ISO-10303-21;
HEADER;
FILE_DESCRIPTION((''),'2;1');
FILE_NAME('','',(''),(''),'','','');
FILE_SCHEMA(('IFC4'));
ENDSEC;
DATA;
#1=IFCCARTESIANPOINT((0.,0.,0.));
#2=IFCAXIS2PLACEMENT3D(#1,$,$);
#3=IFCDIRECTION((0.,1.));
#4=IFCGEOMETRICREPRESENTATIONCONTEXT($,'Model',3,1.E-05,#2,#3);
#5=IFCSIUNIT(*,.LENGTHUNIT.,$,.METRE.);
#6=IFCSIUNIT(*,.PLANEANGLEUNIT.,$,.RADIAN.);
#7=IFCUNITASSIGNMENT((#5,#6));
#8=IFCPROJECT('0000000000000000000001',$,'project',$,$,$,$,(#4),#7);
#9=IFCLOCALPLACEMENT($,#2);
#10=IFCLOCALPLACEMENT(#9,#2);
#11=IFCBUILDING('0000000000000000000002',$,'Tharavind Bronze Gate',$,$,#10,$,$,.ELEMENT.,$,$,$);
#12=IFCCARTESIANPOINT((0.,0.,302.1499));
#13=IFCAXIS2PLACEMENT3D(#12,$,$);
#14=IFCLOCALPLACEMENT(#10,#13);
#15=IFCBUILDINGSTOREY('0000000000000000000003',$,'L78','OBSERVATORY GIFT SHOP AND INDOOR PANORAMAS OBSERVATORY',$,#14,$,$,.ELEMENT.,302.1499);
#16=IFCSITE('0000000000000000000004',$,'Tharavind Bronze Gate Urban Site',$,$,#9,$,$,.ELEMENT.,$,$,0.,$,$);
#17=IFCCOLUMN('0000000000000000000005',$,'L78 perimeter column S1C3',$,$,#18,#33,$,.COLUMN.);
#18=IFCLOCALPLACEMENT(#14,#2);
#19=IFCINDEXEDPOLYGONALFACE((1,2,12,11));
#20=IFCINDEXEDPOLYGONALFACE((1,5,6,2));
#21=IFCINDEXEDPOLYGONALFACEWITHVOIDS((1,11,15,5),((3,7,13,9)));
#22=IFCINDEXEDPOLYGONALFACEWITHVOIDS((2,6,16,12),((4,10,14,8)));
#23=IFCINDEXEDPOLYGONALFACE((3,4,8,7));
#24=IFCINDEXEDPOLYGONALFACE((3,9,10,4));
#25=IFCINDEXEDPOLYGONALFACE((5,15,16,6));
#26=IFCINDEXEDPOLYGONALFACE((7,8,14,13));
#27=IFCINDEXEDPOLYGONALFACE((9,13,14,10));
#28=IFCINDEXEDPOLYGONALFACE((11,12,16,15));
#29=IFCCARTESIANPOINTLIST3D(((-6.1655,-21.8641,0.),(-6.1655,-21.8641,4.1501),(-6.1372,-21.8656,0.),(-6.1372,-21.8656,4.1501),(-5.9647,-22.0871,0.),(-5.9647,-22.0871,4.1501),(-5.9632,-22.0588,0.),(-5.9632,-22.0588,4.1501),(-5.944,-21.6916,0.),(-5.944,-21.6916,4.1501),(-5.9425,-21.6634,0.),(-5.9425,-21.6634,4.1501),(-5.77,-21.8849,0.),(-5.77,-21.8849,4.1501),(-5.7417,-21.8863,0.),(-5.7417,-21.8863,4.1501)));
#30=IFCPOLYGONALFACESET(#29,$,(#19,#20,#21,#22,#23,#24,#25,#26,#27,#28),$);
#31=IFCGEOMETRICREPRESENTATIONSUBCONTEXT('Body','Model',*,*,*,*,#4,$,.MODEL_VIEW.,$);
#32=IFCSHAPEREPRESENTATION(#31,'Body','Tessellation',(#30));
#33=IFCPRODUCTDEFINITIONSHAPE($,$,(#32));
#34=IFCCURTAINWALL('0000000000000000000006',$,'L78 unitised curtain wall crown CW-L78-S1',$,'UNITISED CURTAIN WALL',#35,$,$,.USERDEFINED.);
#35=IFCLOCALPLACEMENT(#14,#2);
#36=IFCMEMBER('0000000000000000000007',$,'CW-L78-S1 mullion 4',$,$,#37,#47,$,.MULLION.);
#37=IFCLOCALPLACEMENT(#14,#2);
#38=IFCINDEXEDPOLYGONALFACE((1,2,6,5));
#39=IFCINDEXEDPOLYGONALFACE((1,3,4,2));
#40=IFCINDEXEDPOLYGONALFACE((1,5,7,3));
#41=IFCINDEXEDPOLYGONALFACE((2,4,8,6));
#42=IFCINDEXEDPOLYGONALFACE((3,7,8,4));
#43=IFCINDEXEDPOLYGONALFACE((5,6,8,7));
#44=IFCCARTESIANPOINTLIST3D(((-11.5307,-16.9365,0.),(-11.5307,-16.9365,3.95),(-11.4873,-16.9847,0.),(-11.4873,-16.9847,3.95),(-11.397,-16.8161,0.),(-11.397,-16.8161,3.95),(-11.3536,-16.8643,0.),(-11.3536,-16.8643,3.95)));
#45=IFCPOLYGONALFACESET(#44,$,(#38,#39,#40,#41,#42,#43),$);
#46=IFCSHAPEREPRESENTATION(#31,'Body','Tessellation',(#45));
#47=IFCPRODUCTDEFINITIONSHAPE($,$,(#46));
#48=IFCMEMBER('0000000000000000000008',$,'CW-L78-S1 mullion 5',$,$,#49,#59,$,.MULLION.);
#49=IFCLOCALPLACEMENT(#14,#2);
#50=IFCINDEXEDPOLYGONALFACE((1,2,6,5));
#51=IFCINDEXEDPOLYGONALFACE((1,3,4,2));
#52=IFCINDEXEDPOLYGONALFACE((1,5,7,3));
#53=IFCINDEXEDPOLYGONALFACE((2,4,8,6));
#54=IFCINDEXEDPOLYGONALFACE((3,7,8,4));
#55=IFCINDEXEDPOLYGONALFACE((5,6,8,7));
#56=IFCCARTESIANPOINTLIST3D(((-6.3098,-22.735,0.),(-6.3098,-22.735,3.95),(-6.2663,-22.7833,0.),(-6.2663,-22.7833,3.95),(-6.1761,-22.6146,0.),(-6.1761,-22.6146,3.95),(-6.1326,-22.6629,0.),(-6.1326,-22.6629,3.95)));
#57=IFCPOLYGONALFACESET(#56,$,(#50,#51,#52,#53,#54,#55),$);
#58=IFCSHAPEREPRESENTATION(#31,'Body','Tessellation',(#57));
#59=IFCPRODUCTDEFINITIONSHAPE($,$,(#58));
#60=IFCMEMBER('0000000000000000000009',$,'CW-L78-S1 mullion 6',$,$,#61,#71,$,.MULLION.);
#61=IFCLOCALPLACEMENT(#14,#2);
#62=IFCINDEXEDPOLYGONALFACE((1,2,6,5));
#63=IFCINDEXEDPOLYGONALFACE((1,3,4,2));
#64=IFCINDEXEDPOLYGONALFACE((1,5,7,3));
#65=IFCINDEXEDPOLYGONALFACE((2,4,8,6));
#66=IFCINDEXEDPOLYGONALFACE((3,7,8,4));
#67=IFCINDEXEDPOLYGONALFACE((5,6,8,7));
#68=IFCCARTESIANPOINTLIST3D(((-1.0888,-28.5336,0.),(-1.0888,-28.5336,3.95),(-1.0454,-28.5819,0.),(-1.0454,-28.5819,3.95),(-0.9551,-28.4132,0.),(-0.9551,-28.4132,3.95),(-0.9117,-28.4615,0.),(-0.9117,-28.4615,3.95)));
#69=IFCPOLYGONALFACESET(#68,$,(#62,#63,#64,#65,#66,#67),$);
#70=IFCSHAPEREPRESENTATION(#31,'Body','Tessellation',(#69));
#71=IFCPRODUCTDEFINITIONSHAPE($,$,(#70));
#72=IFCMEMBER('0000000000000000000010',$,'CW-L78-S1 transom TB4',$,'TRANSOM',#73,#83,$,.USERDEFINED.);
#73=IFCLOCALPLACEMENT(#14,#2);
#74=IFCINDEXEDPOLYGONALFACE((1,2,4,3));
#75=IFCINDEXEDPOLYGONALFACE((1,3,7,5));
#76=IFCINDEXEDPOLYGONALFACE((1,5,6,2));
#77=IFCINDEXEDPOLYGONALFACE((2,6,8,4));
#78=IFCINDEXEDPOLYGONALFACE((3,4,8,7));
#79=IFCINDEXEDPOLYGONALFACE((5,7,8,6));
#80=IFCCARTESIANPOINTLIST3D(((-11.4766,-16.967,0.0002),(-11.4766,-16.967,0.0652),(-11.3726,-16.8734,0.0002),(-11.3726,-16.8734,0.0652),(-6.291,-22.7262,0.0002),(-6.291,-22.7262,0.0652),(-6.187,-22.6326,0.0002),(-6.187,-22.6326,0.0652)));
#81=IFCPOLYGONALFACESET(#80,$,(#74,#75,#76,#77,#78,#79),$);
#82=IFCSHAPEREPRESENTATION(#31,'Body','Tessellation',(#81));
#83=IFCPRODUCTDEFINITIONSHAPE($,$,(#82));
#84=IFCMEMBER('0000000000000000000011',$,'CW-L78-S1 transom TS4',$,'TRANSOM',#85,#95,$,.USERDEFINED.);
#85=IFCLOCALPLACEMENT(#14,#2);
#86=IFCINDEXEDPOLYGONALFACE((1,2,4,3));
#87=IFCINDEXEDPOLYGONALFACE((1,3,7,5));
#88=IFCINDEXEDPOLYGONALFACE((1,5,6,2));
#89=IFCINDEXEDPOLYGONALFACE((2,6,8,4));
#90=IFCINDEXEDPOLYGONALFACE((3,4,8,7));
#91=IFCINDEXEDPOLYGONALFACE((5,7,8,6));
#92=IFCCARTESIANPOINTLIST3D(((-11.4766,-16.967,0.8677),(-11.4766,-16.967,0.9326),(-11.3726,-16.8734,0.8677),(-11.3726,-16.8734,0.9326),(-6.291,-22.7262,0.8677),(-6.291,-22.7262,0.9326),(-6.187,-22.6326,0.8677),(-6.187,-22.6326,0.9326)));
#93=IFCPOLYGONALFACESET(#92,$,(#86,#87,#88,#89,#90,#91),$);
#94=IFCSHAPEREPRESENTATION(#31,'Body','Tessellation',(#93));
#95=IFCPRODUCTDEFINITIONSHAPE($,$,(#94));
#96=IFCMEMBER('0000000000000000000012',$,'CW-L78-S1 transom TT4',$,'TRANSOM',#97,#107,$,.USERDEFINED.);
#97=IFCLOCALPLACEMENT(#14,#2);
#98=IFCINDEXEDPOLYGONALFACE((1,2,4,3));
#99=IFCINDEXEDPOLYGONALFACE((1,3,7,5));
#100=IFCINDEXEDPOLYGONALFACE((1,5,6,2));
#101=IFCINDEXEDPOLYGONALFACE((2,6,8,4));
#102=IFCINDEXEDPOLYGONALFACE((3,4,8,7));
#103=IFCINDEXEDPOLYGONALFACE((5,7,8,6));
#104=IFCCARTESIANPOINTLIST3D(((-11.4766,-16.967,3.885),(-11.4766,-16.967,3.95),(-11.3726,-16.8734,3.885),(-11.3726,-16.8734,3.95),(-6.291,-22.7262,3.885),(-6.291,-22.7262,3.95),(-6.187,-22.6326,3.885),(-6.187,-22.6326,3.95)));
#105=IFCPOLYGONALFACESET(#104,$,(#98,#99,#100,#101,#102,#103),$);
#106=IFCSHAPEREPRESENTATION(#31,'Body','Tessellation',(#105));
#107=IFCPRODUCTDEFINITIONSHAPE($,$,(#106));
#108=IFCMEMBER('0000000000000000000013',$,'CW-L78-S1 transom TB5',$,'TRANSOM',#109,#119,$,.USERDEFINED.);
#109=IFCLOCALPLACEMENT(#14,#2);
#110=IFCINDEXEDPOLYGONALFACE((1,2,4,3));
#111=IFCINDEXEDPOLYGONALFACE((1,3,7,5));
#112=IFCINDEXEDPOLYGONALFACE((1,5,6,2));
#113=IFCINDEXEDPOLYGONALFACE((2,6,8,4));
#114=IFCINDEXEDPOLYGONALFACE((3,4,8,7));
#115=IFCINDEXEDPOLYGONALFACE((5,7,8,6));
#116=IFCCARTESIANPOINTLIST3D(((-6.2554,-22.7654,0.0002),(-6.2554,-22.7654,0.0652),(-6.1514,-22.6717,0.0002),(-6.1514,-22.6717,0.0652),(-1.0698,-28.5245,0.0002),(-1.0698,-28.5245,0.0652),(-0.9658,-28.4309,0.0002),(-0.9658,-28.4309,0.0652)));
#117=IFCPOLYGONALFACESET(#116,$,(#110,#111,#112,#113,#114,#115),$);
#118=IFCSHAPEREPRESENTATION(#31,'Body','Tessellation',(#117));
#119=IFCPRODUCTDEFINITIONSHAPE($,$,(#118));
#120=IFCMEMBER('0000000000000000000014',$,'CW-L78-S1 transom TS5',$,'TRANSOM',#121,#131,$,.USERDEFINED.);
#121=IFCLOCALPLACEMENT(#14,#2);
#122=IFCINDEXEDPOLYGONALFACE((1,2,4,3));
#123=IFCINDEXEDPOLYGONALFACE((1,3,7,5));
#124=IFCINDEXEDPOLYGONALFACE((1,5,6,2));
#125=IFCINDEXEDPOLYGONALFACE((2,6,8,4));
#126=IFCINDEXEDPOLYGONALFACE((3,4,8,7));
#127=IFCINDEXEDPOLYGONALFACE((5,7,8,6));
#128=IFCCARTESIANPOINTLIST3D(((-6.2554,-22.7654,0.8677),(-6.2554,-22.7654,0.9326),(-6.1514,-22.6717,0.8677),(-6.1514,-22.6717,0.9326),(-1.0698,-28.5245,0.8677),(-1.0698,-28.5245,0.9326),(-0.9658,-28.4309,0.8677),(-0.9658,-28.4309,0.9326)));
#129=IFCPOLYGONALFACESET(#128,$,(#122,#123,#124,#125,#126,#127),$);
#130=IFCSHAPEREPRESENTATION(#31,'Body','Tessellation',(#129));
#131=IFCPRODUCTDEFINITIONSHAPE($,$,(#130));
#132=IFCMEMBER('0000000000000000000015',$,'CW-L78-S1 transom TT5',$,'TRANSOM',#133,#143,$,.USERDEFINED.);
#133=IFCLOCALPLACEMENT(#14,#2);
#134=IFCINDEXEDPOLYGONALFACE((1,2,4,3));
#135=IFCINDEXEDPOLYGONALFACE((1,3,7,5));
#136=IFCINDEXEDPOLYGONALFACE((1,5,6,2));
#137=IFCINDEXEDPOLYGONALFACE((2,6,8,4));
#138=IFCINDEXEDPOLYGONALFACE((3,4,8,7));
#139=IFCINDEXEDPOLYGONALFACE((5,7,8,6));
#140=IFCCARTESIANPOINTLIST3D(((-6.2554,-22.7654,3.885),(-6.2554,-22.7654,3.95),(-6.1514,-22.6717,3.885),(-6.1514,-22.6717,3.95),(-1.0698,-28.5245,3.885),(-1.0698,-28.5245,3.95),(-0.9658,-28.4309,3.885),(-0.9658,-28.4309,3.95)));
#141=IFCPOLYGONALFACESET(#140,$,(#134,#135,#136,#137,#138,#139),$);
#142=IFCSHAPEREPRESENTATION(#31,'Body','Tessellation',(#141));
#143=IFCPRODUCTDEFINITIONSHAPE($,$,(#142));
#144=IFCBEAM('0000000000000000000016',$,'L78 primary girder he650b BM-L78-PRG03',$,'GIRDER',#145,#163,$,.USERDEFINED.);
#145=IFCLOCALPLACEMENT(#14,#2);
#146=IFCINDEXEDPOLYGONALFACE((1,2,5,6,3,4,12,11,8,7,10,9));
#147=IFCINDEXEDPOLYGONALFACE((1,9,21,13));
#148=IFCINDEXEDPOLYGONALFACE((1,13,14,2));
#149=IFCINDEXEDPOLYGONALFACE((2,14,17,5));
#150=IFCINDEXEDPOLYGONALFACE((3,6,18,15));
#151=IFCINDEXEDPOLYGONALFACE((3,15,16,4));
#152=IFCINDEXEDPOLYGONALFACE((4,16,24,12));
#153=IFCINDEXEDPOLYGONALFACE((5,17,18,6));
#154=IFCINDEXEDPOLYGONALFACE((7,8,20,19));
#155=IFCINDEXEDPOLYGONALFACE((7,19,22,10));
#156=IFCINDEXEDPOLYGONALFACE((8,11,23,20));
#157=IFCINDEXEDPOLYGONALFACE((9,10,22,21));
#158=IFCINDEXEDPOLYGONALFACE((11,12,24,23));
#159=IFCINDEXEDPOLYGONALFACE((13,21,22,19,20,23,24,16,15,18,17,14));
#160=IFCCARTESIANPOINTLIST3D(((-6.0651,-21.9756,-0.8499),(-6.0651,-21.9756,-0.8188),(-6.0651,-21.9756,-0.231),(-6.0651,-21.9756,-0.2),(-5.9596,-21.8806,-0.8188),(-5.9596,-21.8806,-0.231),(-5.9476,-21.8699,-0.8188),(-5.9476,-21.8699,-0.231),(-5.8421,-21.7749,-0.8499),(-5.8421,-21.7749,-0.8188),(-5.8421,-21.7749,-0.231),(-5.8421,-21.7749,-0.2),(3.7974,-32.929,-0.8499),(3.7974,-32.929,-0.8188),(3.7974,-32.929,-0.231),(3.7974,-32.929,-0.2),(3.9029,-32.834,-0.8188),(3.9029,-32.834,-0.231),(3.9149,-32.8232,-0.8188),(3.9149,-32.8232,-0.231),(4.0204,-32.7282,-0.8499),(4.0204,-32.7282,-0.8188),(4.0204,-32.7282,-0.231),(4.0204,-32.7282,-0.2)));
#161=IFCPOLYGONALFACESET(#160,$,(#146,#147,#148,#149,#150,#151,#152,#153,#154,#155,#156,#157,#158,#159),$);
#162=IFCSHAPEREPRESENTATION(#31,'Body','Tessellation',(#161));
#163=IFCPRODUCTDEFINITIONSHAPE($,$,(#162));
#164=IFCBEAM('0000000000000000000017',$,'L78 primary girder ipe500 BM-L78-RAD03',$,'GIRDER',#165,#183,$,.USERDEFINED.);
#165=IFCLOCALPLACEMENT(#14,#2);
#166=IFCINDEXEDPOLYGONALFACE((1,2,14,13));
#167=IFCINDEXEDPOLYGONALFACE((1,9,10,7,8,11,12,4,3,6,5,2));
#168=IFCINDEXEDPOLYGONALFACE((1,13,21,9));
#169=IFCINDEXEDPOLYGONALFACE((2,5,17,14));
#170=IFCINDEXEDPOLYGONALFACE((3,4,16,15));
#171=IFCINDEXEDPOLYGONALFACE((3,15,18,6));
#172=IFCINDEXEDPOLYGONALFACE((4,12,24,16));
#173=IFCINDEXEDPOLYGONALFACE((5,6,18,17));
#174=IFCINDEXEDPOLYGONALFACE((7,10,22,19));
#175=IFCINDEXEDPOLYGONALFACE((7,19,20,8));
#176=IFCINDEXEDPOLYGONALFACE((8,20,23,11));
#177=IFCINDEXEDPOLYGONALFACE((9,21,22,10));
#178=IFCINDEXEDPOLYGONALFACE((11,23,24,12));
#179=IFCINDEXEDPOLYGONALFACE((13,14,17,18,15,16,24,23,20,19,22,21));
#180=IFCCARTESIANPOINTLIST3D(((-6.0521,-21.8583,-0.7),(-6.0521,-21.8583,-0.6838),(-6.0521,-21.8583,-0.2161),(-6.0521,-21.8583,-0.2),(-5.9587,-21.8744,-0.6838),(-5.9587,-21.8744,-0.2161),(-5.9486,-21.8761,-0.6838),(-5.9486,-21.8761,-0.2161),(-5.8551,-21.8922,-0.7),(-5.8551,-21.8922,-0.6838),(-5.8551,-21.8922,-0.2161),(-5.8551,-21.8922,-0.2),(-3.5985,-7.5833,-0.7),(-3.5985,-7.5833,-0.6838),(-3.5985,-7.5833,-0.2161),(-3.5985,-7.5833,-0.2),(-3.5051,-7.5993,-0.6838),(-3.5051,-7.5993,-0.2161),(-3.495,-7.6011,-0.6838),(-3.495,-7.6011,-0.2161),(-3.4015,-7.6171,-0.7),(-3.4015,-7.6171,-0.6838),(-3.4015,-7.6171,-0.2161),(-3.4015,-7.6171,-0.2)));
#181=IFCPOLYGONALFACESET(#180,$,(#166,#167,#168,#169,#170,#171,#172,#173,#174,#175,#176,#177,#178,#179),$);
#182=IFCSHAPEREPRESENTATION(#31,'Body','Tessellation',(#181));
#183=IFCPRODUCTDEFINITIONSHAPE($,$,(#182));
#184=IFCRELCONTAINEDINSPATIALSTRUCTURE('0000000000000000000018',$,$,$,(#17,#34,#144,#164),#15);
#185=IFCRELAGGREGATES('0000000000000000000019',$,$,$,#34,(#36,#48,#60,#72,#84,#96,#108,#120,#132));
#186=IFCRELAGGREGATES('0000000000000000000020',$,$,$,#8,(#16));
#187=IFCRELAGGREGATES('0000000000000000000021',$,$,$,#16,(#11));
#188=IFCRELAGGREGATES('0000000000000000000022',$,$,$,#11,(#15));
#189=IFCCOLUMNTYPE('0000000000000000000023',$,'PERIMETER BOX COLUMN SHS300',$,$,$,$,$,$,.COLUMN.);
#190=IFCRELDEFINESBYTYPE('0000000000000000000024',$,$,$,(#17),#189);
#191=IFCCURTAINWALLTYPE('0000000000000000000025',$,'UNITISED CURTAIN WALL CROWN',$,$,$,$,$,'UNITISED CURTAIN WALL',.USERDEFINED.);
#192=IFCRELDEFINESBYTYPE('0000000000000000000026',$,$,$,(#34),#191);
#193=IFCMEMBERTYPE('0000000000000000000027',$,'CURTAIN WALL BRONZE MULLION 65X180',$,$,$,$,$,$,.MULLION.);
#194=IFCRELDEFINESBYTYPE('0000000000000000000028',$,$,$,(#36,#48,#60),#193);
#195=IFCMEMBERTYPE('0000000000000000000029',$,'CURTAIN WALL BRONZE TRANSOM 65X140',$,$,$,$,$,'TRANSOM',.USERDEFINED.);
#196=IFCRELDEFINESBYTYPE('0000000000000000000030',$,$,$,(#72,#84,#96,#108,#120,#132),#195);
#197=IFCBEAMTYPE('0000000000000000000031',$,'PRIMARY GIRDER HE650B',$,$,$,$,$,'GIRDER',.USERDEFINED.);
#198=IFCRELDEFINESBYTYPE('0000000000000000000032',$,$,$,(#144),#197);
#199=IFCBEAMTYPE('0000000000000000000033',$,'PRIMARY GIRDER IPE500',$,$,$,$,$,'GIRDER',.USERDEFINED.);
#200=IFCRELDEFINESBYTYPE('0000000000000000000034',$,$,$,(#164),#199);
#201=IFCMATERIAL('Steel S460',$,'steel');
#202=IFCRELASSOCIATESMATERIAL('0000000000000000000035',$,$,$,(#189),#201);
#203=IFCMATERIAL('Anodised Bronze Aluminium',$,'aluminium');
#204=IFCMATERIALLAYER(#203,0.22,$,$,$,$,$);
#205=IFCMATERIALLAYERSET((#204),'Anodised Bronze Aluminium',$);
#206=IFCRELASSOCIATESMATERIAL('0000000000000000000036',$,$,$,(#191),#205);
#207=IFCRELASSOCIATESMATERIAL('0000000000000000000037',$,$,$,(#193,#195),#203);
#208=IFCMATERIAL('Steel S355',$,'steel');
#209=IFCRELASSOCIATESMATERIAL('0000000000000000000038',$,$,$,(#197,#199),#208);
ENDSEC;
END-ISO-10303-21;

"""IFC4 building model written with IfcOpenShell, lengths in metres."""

from ifc_helpers import new_model, si_unit, direction, frame, origin, origin_2d, place, context, subcontext, project, spatial, rectangle, hollow_rectangle, i_section, extrude, material, layer, layer_set, material_profile, profile_set, type_object, element, aggregate, save


model = new_model("IFC4")

# Units and contexts
model_context = context("Model", 3, precision=1e-05, world=origin(), true_north=direction((0.0, 1.0)))
body_context = subcontext(model_context, "Body", "Model", "MODEL_VIEW")
ifc_project = project(units=[si_unit("LENGTHUNIT", "METRE"), si_unit("PLANEANGLEUNIT", "RADIAN")], contexts=[model_context])

# Site, building, storey
site_placement = place(None, origin())
site = spatial("IfcSite", under=ifc_project, at=site_placement, Name="Tharavind Bronze Gate Urban Site", CompositionType="ELEMENT", RefElevation=0.0)
building_placement = place(site_placement, origin())
building = spatial("IfcBuilding", under=site, at=building_placement, Name="Tharavind Bronze Gate", CompositionType="ELEMENT")
storey_placement = place(building_placement, frame((0.0, 0.0, 302.1499)))
storey = spatial("IfcBuildingStorey", under=building, at=storey_placement, Name="L78", Description="OBSERVATORY GIFT SHOP AND INDOOR PANORAMAS OBSERVATORY", CompositionType="ELEMENT", Elevation=302.1499)

# Column
ifc_material_1 = material(Name="Steel S460", Category="steel")
ifc_material_profile_1 = material_profile(ifc_material_1, hollow_rectangle(XDim=0.3, YDim=0.3, WallThickness=0.02, at=origin_2d()), Name="SHS300X20")
ifc_profile_set_1 = profile_set([ifc_material_profile_1], Name="Steel S460")
column_type = type_object("IfcColumnType", Name="PERIMETER BOX COLUMN SHS300", PredefinedType="COLUMN", material=ifc_profile_set_1)
column_placement = place(storey_placement, frame((-5.9536, -21.8752, 0.0), z_axis=(0.0, 0.0, 1.0), x_axis=(-0.669131, 0.743145, 0.0)))
element("IfcColumn", 1, at=column_placement, inside=storey, type_object=column_type, Name="L78 perimeter column S1C3", PredefinedType="COLUMN", context=body_context, shape_type="SweptSolid", body=[
    extrude(hollow_rectangle(XDim=0.3, YDim=0.3, WallThickness=0.02, at=origin_2d()), origin(), (0.0, 0.0, 1.0), 4.1501),
])

# Curtain wall, members
ifc_material_2 = material(Name="Anodised Bronze Aluminium", Category="aluminium")
ifc_layer_1 = layer(ifc_material_2, 0.22)
ifc_layer_set_1 = layer_set([ifc_layer_1], Name="Anodised Bronze Aluminium")
curtain_wall_type = type_object("IfcCurtainWallType", Name="UNITISED CURTAIN WALL CROWN", ElementType="UNITISED CURTAIN WALL", PredefinedType="USERDEFINED", material=ifc_layer_set_1)
curtain_wall_placement = place(storey_placement, origin())
curtain_wall = element("IfcCurtainWall", 2, at=curtain_wall_placement, inside=storey, type_object=curtain_wall_type, Name="L78 unitised curtain wall crown CW-L78-S1", ObjectType="UNITISED CURTAIN WALL", PredefinedType="USERDEFINED")
member_type_1 = type_object("IfcMemberType", Name="CURTAIN WALL BRONZE MULLION 65X180", PredefinedType="MULLION", material=ifc_material_2)
member_1_placement = place(storey_placement, frame((-11.4421, -16.9004, 0.0), z_axis=(0.0, 0.0, 1.0), x_axis=(0.669131, -0.743145, 0.0)))
member_1 = element("IfcMember", 3, at=member_1_placement, type_object=member_type_1, Name="CW-L78-S1 mullion 4", PredefinedType="MULLION", context=body_context, shape_type="SweptSolid", body=[
    extrude(rectangle(XDim=0.0649, YDim=0.1799, at=origin_2d()), origin(), (0.0, 0.0, 1.0), 3.95),
])
member_2_placement = place(storey_placement, frame((-6.2212, -22.699, 0.0), z_axis=(0.0, 0.0, 1.0), x_axis=(0.669131, -0.743145, 0.0)))
member_2 = element("IfcMember", 4, at=member_2_placement, type_object=member_type_1, Name="CW-L78-S1 mullion 5", PredefinedType="MULLION", context=body_context, shape_type="SweptSolid", body=[
    extrude(rectangle(XDim=0.0649, YDim=0.1799, at=origin_2d()), origin(), (0.0, 0.0, 1.0), 3.95),
])
member_3_placement = place(storey_placement, frame((-1.0002, -28.4976, 0.0), z_axis=(0.0, 0.0, 1.0), x_axis=(0.669131, -0.743145, 0.0)))
member_3 = element("IfcMember", 5, at=member_3_placement, type_object=member_type_1, Name="CW-L78-S1 mullion 6", PredefinedType="MULLION", context=body_context, shape_type="SweptSolid", body=[
    extrude(rectangle(XDim=0.0649, YDim=0.1799, at=origin_2d()), origin(), (0.0, 0.0, 1.0), 3.95),
])
member_type_2 = type_object("IfcMemberType", Name="CURTAIN WALL BRONZE TRANSOM 65X140", ElementType="TRANSOM", PredefinedType="USERDEFINED", material=ifc_material_2)
member_4_placement = place(storey_placement, frame((-8.8318, -19.7998, 0.0002), z_axis=(0.0, 0.0, 1.0), x_axis=(0.669131, -0.743145, 0.0)))
member_4 = element("IfcMember", 6, at=member_4_placement, type_object=member_type_2, Name="CW-L78-S1 transom TB4", ObjectType="TRANSOM", PredefinedType="USERDEFINED", context=body_context, shape_type="SweptSolid", body=[
    extrude(rectangle(XDim=7.7498, YDim=0.1399, at=origin_2d()), origin(), (0.0, 0.0, 1.0), 0.0649),
])
member_5_placement = place(storey_placement, frame((-8.8318, -19.7998, 0.8677), z_axis=(0.0, 0.0, 1.0), x_axis=(0.669131, -0.743145, 0.0)))
member_5 = element("IfcMember", 7, at=member_5_placement, type_object=member_type_2, Name="CW-L78-S1 transom TS4", ObjectType="TRANSOM", PredefinedType="USERDEFINED", context=body_context, shape_type="SweptSolid", body=[
    extrude(rectangle(XDim=7.7498, YDim=0.1399, at=origin_2d()), origin(), (0.0, 0.0, 1.0), 0.0649),
])
member_6_placement = place(storey_placement, frame((-8.8318, -19.7998, 3.885), z_axis=(0.0, 0.0, 1.0), x_axis=(0.669131, -0.743145, 0.0)))
member_6 = element("IfcMember", 8, at=member_6_placement, type_object=member_type_2, Name="CW-L78-S1 transom TT4", ObjectType="TRANSOM", PredefinedType="USERDEFINED", context=body_context, shape_type="SweptSolid", body=[
    extrude(rectangle(XDim=7.7498, YDim=0.1399, at=origin_2d()), origin(), (0.0, 0.0, 1.0), 0.0649),
])
member_7_placement = place(storey_placement, frame((-3.6106, -25.5981, 0.0002), z_axis=(0.0, 0.0, 1.0), x_axis=(0.669131, -0.743145, 0.0)))
member_7 = element("IfcMember", 9, at=member_7_placement, type_object=member_type_2, Name="CW-L78-S1 transom TB5", ObjectType="TRANSOM", PredefinedType="USERDEFINED", context=body_context, shape_type="SweptSolid", body=[
    extrude(rectangle(XDim=7.7498, YDim=0.1399, at=origin_2d()), origin(), (0.0, 0.0, 1.0), 0.0649),
])
member_8_placement = place(storey_placement, frame((-3.6106, -25.5981, 0.8677), z_axis=(0.0, 0.0, 1.0), x_axis=(0.669131, -0.743145, 0.0)))
member_8 = element("IfcMember", 10, at=member_8_placement, type_object=member_type_2, Name="CW-L78-S1 transom TS5", ObjectType="TRANSOM", PredefinedType="USERDEFINED", context=body_context, shape_type="SweptSolid", body=[
    extrude(rectangle(XDim=7.7498, YDim=0.1399, at=origin_2d()), origin(), (0.0, 0.0, 1.0), 0.0649),
])
member_9_placement = place(storey_placement, frame((-3.6106, -25.5981, 3.885), z_axis=(0.0, 0.0, 1.0), x_axis=(0.669131, -0.743145, 0.0)))
member_9 = element("IfcMember", 11, at=member_9_placement, type_object=member_type_2, Name="CW-L78-S1 transom TT5", ObjectType="TRANSOM", PredefinedType="USERDEFINED", context=body_context, shape_type="SweptSolid", body=[
    extrude(rectangle(XDim=7.7498, YDim=0.1399, at=origin_2d()), origin(), (0.0, 0.0, 1.0), 0.0649),
])

# Beams
ifc_material_3 = material(Name="Steel S355", Category="steel")
ifc_material_profile_2 = material_profile(ifc_material_3, i_section(OverallWidth=0.3, OverallDepth=0.6499, WebThickness=0.0161, FlangeThickness=0.031, at=origin_2d()), Name="HE650B")
ifc_profile_set_2 = profile_set([ifc_material_profile_2], Name="Steel S355")
beam_type_1 = type_object("IfcBeamType", Name="PRIMARY GIRDER HE650B", ElementType="GIRDER", PredefinedType="USERDEFINED", material=ifc_profile_set_2)
beam_1_placement = place(storey_placement, frame((-5.9536, -21.8752, -0.5249), z_axis=(0.669134, -0.743142, 0.0), x_axis=(0.743142, 0.669134, 0.0)))
element("IfcBeam", 12, at=beam_1_placement, inside=storey, type_object=beam_type_1, Name="L78 primary girder he650b BM-L78-PRG03", ObjectType="GIRDER", PredefinedType="USERDEFINED", context=body_context, shape_type="SweptSolid", body=[
    extrude(i_section(OverallWidth=0.3, OverallDepth=0.6499, WebThickness=0.0161, FlangeThickness=0.031, at=origin_2d()), origin(), (0.0, 0.0, 1.0), 14.7393),
])
ifc_material_profile_3 = material_profile(ifc_material_3, i_section(OverallWidth=0.2, OverallDepth=0.5, WebThickness=0.0103, FlangeThickness=0.0161, at=origin_2d()), Name="IPE500")
ifc_profile_set_3 = profile_set([ifc_material_profile_3], Name="Steel S355")
beam_type_2 = type_object("IfcBeamType", Name="PRIMARY GIRDER IPE500", ElementType="GIRDER", PredefinedType="USERDEFINED", material=ifc_profile_set_3)
beam_2_placement = place(storey_placement, frame((-5.9536, -21.8752, -0.45), z_axis=(0.169396, 0.985548, 0.0), x_axis=(-0.985548, 0.169396, 0.0)))
element("IfcBeam", 13, at=beam_2_placement, inside=storey, type_object=beam_type_2, Name="L78 primary girder ipe500 BM-L78-RAD03", ObjectType="GIRDER", PredefinedType="USERDEFINED", context=body_context, shape_type="SweptSolid", body=[
    extrude(i_section(OverallWidth=0.2, OverallDepth=0.5, WebThickness=0.0103, FlangeThickness=0.0161, at=origin_2d()), origin(), (0.0, 0.0, 1.0), 14.4844),
])

aggregate(curtain_wall, [member_1, member_2, member_3, member_4, member_5, member_6, member_7, member_8, member_9])

save(model, "model.ifc")
